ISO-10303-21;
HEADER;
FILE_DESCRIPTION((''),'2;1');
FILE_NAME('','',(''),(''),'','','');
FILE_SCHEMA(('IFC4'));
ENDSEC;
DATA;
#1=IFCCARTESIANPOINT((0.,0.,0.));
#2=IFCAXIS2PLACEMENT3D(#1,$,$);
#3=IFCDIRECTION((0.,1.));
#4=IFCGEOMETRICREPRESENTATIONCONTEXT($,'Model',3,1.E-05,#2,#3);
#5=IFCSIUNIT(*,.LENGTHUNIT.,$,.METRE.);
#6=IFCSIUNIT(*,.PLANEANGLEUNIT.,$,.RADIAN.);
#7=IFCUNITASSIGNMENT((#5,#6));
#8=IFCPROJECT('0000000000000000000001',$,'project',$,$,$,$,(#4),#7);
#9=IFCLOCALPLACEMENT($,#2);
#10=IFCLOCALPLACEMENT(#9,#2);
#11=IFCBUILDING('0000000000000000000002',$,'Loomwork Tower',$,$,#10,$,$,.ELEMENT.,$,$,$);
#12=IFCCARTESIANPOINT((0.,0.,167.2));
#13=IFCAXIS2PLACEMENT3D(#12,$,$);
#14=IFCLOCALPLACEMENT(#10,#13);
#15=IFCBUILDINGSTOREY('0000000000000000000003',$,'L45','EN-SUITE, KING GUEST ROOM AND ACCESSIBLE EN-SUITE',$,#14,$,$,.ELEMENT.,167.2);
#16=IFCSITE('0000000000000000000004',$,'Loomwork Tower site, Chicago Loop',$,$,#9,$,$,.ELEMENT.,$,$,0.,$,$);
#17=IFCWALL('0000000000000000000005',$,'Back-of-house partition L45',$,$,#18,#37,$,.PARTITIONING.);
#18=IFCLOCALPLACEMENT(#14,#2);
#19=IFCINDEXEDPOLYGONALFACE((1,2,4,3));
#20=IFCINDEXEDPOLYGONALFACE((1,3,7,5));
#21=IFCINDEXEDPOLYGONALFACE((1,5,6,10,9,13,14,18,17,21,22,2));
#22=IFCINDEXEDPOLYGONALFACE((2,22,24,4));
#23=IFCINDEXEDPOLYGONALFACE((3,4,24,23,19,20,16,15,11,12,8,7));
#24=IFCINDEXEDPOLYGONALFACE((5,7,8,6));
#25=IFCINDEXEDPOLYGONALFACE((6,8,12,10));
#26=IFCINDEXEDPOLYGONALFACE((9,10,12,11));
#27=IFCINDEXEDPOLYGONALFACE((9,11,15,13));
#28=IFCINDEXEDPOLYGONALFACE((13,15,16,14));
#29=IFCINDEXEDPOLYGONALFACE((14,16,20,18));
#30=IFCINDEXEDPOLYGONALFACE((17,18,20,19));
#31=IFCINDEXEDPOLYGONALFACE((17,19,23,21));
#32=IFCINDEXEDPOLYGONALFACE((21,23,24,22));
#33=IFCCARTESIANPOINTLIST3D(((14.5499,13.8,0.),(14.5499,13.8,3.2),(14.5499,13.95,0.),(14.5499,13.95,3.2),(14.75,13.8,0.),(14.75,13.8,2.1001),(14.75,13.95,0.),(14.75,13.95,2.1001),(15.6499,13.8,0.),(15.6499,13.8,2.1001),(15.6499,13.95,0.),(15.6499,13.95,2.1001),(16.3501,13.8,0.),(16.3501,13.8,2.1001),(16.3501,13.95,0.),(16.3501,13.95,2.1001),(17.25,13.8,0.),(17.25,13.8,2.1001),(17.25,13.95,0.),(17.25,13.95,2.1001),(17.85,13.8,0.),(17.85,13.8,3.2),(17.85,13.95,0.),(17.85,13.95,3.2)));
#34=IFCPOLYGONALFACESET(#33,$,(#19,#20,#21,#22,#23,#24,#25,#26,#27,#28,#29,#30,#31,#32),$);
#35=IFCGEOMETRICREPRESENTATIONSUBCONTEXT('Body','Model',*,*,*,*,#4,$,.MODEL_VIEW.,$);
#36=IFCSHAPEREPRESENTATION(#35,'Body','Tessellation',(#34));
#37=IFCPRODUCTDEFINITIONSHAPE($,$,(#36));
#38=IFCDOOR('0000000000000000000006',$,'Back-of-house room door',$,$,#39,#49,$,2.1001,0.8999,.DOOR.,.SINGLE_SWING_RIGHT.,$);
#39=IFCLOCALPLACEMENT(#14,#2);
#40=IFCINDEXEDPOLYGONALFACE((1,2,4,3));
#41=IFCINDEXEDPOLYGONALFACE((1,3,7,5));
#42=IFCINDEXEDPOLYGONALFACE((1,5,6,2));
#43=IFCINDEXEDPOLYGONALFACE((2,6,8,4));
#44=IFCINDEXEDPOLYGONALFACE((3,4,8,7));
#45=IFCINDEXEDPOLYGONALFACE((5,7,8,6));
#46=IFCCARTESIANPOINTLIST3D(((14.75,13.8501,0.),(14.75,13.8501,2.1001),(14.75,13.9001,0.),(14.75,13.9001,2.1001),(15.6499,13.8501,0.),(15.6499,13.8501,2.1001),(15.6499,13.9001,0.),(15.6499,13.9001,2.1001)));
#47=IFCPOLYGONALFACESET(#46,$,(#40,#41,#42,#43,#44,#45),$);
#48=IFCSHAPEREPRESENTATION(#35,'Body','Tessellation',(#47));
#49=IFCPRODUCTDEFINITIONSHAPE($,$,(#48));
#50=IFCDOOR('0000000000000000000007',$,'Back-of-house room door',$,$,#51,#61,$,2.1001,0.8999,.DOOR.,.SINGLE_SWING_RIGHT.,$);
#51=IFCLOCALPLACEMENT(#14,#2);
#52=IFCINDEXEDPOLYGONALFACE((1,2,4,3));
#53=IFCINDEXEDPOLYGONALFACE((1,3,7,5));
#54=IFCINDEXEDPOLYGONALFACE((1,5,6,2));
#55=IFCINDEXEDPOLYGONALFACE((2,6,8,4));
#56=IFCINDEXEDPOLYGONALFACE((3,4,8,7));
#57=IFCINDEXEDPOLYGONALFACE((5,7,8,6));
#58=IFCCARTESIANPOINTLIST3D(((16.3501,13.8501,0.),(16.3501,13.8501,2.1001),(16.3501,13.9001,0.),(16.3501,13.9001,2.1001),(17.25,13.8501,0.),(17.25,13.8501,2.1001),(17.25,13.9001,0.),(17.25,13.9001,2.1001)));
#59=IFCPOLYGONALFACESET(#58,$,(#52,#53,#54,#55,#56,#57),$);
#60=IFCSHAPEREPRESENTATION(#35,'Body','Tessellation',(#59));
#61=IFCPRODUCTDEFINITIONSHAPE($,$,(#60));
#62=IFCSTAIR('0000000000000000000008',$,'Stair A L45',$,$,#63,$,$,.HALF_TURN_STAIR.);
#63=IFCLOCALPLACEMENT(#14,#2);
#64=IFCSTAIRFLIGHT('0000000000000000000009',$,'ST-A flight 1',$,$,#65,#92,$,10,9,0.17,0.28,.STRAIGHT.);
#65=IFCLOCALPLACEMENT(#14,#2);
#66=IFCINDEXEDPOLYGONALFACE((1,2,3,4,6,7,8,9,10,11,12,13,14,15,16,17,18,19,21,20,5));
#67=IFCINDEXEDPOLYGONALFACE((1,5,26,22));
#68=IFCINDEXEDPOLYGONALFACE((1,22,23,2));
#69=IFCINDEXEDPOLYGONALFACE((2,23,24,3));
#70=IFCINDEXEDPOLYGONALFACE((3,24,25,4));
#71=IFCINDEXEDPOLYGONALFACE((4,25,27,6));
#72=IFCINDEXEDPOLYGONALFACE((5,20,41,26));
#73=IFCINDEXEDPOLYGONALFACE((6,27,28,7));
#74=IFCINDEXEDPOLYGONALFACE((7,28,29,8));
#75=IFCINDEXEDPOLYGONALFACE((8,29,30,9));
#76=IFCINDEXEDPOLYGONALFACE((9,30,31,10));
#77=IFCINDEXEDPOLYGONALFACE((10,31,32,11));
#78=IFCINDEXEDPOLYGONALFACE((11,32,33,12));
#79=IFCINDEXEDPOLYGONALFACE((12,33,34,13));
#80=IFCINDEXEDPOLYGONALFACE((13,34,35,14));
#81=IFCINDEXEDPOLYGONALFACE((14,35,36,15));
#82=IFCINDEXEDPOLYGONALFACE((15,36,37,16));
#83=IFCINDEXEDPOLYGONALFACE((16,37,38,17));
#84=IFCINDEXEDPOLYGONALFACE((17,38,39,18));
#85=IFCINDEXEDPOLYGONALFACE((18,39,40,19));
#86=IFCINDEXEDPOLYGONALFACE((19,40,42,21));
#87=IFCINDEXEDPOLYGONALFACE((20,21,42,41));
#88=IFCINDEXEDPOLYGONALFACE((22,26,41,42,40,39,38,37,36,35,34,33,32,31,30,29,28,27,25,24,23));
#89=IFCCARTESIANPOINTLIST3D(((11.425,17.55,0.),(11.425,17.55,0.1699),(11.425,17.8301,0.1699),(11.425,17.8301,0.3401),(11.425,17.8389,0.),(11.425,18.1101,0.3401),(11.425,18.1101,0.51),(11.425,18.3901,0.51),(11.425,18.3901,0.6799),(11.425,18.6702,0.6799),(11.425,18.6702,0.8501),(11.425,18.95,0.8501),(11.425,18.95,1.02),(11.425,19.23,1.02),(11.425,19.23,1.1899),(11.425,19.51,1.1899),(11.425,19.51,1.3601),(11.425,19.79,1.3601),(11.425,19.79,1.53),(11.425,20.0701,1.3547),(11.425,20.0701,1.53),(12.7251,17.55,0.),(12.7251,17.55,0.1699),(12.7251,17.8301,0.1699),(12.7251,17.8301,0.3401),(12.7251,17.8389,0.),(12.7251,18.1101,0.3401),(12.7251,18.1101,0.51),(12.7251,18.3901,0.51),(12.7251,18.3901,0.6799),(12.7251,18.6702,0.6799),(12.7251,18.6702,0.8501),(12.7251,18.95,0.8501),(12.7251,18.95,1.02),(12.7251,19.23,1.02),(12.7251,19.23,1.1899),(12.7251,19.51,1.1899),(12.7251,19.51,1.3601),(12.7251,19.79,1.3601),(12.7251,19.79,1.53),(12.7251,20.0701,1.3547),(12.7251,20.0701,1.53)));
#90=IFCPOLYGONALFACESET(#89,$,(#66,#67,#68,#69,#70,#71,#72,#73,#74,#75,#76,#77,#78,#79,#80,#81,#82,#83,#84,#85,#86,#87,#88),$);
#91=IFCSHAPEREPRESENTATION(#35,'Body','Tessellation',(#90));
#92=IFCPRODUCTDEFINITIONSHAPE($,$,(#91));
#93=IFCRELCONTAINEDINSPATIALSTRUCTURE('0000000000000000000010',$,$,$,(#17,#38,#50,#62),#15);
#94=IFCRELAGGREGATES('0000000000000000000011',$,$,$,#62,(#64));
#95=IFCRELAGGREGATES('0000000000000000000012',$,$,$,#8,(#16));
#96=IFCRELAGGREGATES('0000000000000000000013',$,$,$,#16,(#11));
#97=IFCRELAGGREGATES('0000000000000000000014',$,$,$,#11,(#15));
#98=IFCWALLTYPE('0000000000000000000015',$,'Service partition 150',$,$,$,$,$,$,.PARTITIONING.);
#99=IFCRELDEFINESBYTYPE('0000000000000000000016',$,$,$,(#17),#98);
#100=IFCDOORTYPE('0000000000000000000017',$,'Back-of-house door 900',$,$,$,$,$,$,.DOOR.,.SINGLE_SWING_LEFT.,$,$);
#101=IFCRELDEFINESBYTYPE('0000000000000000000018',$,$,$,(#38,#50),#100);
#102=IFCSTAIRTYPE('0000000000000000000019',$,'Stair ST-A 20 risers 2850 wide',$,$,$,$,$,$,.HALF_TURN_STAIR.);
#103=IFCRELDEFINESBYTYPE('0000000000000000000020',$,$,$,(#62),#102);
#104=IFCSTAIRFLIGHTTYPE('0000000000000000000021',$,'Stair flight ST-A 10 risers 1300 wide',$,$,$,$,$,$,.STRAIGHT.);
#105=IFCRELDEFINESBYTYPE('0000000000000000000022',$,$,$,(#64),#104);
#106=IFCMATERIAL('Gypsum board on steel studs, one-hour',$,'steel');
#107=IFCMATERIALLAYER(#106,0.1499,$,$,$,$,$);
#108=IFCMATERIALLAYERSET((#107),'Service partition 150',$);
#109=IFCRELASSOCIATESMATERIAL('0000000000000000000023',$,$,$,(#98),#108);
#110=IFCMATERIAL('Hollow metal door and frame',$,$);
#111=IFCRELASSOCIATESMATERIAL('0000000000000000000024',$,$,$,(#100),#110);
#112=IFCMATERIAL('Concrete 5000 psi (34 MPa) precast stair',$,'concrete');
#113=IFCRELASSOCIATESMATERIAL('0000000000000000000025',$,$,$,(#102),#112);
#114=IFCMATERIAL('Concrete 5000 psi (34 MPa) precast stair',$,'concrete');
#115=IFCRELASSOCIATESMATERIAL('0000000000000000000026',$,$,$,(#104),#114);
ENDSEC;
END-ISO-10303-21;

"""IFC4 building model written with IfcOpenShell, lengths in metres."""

from ifc_helpers import new_model, si_unit, direction, frame, frame_2d, origin, place, context, subcontext, project, spatial, polyline, rectangle, outline, extrude, material, layer, layer_set, type_object, element, fill, aggregate, save


model = new_model("IFC4")

# Units and contexts
model_context = context("Model", 3, precision=1e-05, world=origin(), true_north=direction((0.0, 1.0)))
body_context = subcontext(model_context, "Body", "Model", "MODEL_VIEW")
ifc_project = project(units=[si_unit("LENGTHUNIT", "METRE"), si_unit("PLANEANGLEUNIT", "RADIAN")], contexts=[model_context])

# Site, building, storey
site_placement = place(None, origin())
site = spatial("IfcSite", under=ifc_project, at=site_placement, Name="Loomwork Tower site, Chicago Loop", CompositionType="ELEMENT", RefElevation=0.0)
building_placement = place(site_placement, origin())
building = spatial("IfcBuilding", under=site, at=building_placement, Name="Loomwork Tower", CompositionType="ELEMENT")
storey_placement = place(building_placement, frame((0.0, 0.0, 167.2)))
storey = spatial("IfcBuildingStorey", under=building, at=storey_placement, Name="L45", Description="EN-SUITE, KING GUEST ROOM AND ACCESSIBLE EN-SUITE", CompositionType="ELEMENT", Elevation=167.2)

# Shared definitions
ifc_material_1 = material(Name="Gypsum board on steel studs, one-hour", Category="steel")
ifc_layer_1 = layer(ifc_material_1, 0.1499)
ifc_layer_set_1 = layer_set([ifc_layer_1], Name="Service partition 150")
wall_type_1 = type_object("IfcWallType", Name="Service partition 150", PredefinedType="PARTITIONING", material=ifc_layer_set_1)

# Wall, openings, doors
wall_1_placement = place(storey_placement, frame((14.55, 13.875, 0.0), z_axis=(0.0, 0.0, 1.0), x_axis=(1.0, 0.0, 0.0)))
wall_1 = element("IfcWall", 1, at=wall_1_placement, inside=storey, type_object=wall_type_1, Name="Back-of-house partition L45", PredefinedType="PARTITIONING", context=body_context, shape_type="SweptSolid", body=[
    extrude(rectangle(XDim=3.3, YDim=0.1499, at=frame_2d((1.6499, 0.0))), origin(), (0.0, 0.0, 1.0), 3.2),
])
opening_1_placement = place(wall_1_placement, frame((0.2, 0.0, 0.0)))
opening_1 = element("IfcOpeningElement", 2, at=opening_1_placement, cuts=wall_1, PredefinedType="OPENING", context=body_context, shape_type="SweptSolid", body=[
    extrude(rectangle(XDim=0.8999, YDim=2.1001, at=frame_2d((0.45, 1.05))), frame((0.0, 0.085, 0.0), z_axis=(0.0, -1.0, 0.0), x_axis=(1.0, 0.0, 0.0)), (0.0, 0.0, 1.0), 0.1699),
])
opening_2_placement = place(wall_1_placement, frame((1.8, 0.0, 0.0)))
opening_2 = element("IfcOpeningElement", 3, at=opening_2_placement, cuts=wall_1, PredefinedType="OPENING", context=body_context, shape_type="SweptSolid", body=[
    extrude(rectangle(XDim=0.8999, YDim=2.1001, at=frame_2d((0.45, 1.05))), frame((0.0, 0.085, 0.0), z_axis=(0.0, -1.0, 0.0), x_axis=(1.0, 0.0, 0.0)), (0.0, 0.0, 1.0), 0.1699),
])
ifc_material_2 = material(Name="Hollow metal door and frame")
door_type_1 = type_object("IfcDoorType", Name="Back-of-house door 900", OperationType="SINGLE_SWING_LEFT", PredefinedType="DOOR", material=ifc_material_2)
door_1_placement = place(opening_1_placement, frame((0.8999, 0.0, 0.0), z_axis=(0.0, 0.0, 1.0), x_axis=(-1.0, 0.0, 0.0)))
door_1 = element("IfcDoor", 4, at=door_1_placement, inside=storey, type_object=door_type_1, Name="Back-of-house room door", OperationType="SINGLE_SWING_RIGHT", OverallHeight=2.1001, OverallWidth=0.8999, PredefinedType="DOOR", context=body_context, shape_type="SweptSolid", body=[
    extrude(rectangle(XDim=0.8999, YDim=2.1001, at=frame_2d((0.45, 1.05))), frame((0.0, 0.0249, 0.0), z_axis=(0.0, -1.0, 0.0), x_axis=(1.0, 0.0, 0.0)), (0.0, 0.0, 1.0), 0.05),
])
fill(opening_1, door_1)
door_2_placement = place(opening_2_placement, frame((0.8999, 0.0, 0.0), z_axis=(0.0, 0.0, 1.0), x_axis=(-1.0, 0.0, 0.0)))
door_2 = element("IfcDoor", 5, at=door_2_placement, inside=storey, type_object=door_type_1, Name="Back-of-house room door", OperationType="SINGLE_SWING_RIGHT", OverallHeight=2.1001, OverallWidth=0.8999, PredefinedType="DOOR", context=body_context, shape_type="SweptSolid", body=[
    extrude(rectangle(XDim=0.8999, YDim=2.1001, at=frame_2d((0.45, 1.05))), frame((0.0, 0.0249, 0.0), z_axis=(0.0, -1.0, 0.0), x_axis=(1.0, 0.0, 0.0)), (0.0, 0.0, 1.0), 0.05),
])
fill(opening_2, door_2)

# Stair, stair flight
ifc_material_3 = material(Name="Concrete 5000 psi (34 MPa) precast stair", Category="concrete")
stair_type = type_object("IfcStairType", Name="Stair ST-A 20 risers 2850 wide", PredefinedType="HALF_TURN_STAIR", material=ifc_material_3)
stair_placement = place(storey_placement, origin())
stair = element("IfcStair", 6, at=stair_placement, inside=storey, type_object=stair_type, Name="Stair A L45", PredefinedType="HALF_TURN_STAIR")
ifc_material_4 = material(Name="Concrete 5000 psi (34 MPa) precast stair", Category="concrete")
stair_flight_type = type_object("IfcStairFlightType", Name="Stair flight ST-A 10 risers 1300 wide", PredefinedType="STRAIGHT", material=ifc_material_4)
stair_flight_placement = place(storey_placement, frame((12.075, 17.55, 0.0), z_axis=(0.0, 0.0, 1.0), x_axis=(0.0, 1.0, 0.0)))
stair_flight = element("IfcStairFlight", 7, at=stair_flight_placement, type_object=stair_flight_type, Name="ST-A flight 1", NumberOfRisers=10, NumberOfTreads=9, PredefinedType="STRAIGHT", RiserHeight=0.17, TreadLength=0.28, context=body_context, shape_type="SweptSolid", body=[
    extrude(outline(polyline([(0.0, 0.0), (0.0, 0.1699), (0.28, 0.1699), (0.28, 0.3401), (0.5601, 0.3401), (0.5601, 0.51), (0.8401, 0.51), (0.8401, 0.6799), (1.1201, 0.6799), (1.1201, 0.8501), (1.3999, 0.8501), (1.3999, 1.02), (1.6799, 1.02), (1.6799, 1.1899), (1.96, 1.1899), (1.96, 1.3601), (2.24, 1.3601), (2.24, 1.53), (2.52, 1.53), (2.52, 1.7), (2.52, 1.3547), (0.2888, 0.0), (0.0, 0.0)])), frame((0.0, 0.6499, 0.0), z_axis=(0.0, -1.0, 0.0), x_axis=(1.0, 0.0, 0.0)), (0.0, 0.0, 1.0), 1.3),
])
aggregate(stair, [stair_flight])

save(model, "model.ifc")
